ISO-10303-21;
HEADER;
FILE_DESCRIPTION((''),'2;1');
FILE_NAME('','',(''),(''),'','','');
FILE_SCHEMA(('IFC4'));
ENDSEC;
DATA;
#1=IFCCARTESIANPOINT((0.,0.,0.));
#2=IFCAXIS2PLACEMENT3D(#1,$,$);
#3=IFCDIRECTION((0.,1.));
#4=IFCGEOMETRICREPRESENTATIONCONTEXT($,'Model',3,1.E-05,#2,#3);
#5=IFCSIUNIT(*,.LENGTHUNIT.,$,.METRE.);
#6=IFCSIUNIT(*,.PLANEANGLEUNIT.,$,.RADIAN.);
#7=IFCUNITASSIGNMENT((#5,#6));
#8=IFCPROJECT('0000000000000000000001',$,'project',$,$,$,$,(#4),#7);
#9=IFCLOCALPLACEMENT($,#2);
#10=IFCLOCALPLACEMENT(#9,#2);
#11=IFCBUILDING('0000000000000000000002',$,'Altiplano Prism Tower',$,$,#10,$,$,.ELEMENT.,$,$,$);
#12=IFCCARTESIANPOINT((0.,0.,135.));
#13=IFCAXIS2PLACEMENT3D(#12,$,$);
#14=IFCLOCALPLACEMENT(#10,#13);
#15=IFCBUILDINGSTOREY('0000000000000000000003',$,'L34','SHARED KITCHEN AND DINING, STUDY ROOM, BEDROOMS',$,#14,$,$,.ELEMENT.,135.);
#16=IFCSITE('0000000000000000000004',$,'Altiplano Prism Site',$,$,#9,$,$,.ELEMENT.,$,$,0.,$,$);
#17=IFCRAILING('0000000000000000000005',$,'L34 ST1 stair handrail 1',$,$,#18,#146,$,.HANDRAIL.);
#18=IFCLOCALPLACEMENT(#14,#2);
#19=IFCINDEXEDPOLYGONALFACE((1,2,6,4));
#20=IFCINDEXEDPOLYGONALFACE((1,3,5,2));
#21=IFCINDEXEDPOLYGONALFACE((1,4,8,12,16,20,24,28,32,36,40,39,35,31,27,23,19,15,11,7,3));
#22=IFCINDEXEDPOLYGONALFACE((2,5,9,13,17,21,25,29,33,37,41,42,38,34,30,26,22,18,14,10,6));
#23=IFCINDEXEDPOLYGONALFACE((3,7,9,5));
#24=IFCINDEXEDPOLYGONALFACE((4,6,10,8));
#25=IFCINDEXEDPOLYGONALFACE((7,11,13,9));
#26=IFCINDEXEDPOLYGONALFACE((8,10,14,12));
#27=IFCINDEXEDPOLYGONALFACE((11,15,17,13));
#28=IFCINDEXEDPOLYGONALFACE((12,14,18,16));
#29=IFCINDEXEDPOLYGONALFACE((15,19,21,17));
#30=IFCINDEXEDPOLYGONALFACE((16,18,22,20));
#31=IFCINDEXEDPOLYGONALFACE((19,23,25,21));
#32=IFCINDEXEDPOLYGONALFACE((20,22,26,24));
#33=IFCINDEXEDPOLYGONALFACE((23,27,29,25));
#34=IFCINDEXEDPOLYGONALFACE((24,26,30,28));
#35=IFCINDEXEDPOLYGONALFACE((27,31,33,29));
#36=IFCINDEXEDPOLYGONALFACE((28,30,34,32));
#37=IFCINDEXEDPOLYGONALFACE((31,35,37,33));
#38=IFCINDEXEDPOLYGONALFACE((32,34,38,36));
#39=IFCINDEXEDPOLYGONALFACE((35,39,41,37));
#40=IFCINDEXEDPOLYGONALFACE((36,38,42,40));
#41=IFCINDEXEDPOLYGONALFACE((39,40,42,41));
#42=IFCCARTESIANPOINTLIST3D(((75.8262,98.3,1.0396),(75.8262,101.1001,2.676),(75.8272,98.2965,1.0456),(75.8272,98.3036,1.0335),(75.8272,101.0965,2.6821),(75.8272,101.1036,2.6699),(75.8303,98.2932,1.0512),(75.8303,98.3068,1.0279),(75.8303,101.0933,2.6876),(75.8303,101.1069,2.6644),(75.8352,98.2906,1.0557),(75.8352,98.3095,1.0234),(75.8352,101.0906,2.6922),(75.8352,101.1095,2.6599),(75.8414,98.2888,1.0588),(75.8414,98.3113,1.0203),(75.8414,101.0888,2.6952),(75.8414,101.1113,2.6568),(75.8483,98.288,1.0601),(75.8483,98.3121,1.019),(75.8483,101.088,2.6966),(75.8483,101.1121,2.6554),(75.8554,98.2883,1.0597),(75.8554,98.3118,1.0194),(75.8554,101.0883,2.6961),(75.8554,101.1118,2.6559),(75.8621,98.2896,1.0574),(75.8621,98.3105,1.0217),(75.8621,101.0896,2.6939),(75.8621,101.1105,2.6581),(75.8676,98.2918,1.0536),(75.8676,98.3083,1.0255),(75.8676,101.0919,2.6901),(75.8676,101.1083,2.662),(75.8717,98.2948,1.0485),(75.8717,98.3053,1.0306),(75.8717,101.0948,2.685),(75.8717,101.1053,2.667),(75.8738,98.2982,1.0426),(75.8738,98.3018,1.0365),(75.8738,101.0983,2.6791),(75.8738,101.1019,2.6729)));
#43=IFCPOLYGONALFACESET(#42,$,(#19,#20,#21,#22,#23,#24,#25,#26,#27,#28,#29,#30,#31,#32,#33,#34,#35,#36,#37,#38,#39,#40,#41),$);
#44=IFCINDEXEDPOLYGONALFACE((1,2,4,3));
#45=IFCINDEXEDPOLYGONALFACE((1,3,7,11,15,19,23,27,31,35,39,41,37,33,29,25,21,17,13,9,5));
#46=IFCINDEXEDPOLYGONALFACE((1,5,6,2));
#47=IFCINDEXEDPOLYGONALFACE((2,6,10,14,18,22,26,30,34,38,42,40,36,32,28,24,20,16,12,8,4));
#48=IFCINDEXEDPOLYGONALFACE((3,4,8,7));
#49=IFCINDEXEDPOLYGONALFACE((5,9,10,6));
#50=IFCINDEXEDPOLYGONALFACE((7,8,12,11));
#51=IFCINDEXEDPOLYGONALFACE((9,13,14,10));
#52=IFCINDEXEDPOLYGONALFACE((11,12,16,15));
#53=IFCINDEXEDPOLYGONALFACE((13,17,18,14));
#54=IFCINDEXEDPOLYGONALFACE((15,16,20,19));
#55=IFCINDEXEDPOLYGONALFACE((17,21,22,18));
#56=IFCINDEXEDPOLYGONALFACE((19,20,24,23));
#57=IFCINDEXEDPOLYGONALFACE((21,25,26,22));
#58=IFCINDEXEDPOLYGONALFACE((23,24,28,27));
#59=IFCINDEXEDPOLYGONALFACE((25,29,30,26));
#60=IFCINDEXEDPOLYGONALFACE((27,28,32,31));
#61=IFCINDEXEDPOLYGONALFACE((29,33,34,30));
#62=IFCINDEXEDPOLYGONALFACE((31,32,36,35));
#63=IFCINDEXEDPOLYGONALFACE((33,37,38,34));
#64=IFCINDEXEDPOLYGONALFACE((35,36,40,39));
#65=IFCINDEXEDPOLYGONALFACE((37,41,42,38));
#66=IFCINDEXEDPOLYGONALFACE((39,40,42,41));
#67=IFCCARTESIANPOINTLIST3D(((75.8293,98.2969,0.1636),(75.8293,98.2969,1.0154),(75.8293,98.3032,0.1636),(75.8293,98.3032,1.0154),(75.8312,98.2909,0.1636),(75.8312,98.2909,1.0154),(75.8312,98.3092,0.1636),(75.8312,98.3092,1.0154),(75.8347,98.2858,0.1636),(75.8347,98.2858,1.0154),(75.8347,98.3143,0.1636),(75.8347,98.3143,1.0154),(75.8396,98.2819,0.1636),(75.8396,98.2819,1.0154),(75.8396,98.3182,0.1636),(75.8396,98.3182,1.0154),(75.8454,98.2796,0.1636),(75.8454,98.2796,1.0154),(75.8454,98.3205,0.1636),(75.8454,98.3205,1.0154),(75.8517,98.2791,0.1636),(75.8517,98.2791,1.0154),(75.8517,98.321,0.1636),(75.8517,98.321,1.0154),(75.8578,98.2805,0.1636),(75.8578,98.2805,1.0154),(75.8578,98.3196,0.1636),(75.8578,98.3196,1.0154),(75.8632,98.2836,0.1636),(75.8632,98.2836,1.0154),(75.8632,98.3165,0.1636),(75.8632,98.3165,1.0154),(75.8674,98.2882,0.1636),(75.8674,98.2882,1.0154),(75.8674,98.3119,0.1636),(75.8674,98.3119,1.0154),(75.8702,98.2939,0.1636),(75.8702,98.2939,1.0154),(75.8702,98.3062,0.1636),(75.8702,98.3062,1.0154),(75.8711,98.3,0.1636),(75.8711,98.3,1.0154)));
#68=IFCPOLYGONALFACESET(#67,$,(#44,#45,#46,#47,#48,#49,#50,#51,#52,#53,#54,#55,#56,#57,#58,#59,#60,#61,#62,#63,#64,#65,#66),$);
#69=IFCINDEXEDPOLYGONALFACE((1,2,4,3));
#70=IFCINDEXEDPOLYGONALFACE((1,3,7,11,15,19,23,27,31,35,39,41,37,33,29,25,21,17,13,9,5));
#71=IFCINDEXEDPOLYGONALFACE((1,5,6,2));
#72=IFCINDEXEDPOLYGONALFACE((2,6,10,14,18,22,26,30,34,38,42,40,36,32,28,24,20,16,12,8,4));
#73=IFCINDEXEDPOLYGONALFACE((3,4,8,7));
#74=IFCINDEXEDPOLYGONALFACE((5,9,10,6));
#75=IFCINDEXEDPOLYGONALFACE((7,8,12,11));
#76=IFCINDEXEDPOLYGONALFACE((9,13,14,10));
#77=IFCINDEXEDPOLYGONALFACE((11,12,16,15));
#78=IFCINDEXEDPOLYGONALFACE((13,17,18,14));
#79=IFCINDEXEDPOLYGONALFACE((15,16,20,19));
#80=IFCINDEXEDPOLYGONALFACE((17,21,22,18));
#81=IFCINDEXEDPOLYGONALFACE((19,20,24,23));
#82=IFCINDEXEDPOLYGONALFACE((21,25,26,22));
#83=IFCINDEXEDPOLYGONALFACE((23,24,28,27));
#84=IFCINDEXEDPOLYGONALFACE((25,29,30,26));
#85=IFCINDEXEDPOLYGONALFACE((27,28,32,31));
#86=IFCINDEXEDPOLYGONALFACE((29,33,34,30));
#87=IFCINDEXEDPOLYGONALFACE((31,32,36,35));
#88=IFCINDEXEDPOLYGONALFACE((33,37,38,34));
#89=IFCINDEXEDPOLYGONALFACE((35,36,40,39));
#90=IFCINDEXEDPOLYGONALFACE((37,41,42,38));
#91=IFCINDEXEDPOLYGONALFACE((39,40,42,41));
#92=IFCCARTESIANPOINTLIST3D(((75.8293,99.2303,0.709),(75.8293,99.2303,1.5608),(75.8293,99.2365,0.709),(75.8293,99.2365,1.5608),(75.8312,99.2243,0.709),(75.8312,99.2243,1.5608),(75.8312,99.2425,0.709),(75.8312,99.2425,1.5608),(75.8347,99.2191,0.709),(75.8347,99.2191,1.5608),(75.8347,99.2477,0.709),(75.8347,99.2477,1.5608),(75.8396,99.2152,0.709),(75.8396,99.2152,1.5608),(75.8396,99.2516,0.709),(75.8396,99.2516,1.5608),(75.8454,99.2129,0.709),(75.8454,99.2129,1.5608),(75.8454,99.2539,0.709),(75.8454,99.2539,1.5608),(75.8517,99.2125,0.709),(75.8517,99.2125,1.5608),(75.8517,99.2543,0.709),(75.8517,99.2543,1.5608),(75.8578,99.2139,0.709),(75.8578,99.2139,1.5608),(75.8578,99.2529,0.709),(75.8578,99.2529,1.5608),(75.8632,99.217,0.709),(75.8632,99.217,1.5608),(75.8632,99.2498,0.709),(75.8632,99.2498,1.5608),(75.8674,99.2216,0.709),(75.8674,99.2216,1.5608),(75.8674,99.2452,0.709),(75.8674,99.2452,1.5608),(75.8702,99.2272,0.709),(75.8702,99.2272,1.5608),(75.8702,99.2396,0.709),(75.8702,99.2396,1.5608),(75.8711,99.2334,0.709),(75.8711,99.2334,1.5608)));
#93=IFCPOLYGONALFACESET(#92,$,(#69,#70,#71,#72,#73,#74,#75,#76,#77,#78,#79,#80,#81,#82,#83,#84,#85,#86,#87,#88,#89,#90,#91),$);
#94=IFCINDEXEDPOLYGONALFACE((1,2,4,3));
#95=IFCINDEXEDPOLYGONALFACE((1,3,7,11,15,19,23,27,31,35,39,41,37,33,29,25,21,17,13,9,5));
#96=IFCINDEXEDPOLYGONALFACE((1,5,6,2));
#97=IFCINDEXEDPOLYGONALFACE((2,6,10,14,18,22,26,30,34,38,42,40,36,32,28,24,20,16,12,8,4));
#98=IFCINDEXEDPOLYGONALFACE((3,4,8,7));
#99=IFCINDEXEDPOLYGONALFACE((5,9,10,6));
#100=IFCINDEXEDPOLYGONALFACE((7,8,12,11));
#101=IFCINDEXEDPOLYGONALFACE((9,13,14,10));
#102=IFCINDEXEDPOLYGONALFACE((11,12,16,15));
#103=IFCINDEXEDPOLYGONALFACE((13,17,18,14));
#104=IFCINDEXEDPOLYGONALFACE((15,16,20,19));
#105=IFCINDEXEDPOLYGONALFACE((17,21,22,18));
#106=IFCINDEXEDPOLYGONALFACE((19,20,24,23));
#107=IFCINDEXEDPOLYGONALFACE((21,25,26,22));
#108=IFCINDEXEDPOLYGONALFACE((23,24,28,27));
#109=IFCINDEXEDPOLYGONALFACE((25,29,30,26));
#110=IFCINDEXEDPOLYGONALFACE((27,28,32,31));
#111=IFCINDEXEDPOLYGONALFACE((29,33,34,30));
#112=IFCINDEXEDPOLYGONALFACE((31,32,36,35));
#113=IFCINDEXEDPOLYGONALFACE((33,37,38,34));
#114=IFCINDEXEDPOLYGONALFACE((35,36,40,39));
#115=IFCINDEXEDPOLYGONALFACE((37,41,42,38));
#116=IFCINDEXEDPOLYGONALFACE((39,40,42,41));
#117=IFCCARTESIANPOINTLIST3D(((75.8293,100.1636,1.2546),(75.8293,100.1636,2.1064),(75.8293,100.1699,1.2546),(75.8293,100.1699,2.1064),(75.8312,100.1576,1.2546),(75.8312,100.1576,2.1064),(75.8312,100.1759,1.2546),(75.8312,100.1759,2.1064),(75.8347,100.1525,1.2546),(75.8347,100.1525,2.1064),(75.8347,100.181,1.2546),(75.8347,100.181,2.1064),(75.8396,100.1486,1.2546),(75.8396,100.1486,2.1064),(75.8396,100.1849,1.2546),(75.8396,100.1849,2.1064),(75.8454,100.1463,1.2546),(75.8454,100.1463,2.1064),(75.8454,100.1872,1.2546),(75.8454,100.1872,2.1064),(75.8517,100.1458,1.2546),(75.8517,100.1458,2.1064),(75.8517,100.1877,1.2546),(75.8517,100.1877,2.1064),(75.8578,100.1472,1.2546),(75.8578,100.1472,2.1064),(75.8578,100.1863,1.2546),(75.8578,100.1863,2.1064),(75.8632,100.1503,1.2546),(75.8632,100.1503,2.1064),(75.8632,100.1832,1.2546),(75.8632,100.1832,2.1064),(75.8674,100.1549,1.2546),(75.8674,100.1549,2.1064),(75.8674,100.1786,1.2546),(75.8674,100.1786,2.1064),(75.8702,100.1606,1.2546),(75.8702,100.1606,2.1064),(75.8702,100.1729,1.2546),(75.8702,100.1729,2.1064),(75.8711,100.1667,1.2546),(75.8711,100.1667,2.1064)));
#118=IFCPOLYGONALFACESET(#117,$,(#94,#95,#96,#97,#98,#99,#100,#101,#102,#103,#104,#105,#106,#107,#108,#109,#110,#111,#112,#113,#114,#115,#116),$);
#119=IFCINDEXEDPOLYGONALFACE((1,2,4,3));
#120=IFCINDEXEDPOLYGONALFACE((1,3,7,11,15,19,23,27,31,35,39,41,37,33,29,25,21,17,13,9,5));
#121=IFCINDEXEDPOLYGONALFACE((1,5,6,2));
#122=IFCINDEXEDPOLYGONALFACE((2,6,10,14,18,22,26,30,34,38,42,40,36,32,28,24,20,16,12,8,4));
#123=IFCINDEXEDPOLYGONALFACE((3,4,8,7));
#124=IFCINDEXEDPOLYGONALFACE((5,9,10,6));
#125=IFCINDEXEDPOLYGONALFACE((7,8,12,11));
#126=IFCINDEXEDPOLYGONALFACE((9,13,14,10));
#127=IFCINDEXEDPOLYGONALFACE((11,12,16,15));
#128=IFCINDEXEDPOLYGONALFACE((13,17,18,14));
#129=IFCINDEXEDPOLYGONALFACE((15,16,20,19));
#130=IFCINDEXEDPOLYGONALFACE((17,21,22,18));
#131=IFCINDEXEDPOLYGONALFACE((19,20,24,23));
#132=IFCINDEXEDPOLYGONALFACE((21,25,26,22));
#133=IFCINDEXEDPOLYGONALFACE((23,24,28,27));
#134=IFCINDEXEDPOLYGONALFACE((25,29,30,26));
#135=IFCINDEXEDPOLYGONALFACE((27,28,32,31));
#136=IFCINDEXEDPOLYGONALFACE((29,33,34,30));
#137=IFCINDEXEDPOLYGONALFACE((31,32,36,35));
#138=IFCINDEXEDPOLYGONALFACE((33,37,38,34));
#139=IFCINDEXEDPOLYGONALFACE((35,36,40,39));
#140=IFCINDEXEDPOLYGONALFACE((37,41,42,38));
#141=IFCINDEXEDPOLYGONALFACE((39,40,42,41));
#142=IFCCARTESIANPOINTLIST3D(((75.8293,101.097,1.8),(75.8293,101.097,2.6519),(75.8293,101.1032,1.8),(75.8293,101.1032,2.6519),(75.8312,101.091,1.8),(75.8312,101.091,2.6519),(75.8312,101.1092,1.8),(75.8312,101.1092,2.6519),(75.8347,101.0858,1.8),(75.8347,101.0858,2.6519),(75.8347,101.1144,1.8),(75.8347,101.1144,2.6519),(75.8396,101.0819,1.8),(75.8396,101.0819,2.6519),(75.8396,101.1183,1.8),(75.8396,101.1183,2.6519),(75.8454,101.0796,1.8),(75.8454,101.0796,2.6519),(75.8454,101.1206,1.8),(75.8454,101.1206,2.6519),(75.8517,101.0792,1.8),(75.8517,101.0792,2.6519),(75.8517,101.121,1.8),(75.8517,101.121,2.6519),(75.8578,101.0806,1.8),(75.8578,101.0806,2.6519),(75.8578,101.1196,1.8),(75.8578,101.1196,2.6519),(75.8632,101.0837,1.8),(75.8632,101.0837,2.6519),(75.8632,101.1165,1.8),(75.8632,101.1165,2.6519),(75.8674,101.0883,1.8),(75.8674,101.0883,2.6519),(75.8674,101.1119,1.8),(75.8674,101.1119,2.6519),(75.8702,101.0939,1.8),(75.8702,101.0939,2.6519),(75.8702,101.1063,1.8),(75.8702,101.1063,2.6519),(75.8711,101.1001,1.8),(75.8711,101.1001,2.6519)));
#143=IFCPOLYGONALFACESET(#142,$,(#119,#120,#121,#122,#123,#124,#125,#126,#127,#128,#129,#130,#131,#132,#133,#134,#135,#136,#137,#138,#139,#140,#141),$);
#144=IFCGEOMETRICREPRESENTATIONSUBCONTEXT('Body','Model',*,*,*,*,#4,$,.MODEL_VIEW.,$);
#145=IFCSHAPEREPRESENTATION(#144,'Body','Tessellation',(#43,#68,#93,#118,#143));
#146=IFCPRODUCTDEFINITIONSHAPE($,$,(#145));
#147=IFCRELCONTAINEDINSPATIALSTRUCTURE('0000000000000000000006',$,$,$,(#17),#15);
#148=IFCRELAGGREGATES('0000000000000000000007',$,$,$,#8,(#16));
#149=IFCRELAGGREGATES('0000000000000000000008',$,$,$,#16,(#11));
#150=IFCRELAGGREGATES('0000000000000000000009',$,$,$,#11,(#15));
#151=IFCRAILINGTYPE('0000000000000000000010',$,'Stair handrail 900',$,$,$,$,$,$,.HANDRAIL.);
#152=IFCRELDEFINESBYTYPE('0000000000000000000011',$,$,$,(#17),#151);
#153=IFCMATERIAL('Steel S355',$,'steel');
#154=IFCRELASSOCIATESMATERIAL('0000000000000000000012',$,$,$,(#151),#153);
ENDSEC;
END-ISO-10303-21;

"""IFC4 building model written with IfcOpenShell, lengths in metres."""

from ifc_helpers import new_model, si_unit, direction, frame, origin, origin_2d, place, context, subcontext, project, spatial, circle, extrude, material, type_object, element, save


model = new_model("IFC4")

# Units and contexts
model_context = context("Model", 3, precision=1e-05, world=origin(), true_north=direction((0.0, 1.0)))
body_context = subcontext(model_context, "Body", "Model", "MODEL_VIEW")
ifc_project = project(units=[si_unit("LENGTHUNIT", "METRE"), si_unit("PLANEANGLEUNIT", "RADIAN")], contexts=[model_context])

# Site, building, storey
site_placement = place(None, origin())
site = spatial("IfcSite", under=ifc_project, at=site_placement, Name="Altiplano Prism Site", CompositionType="ELEMENT", RefElevation=0.0)
building_placement = place(site_placement, origin())
building = spatial("IfcBuilding", under=site, at=building_placement, Name="Altiplano Prism Tower", CompositionType="ELEMENT")
storey_placement = place(building_placement, frame((0.0, 0.0, 135.0)))
storey = spatial("IfcBuildingStorey", under=building, at=storey_placement, Name="L34", Description="SHARED KITCHEN AND DINING, STUDY ROOM, BEDROOMS", CompositionType="ELEMENT", Elevation=135.0)

# Railing
ifc_material_1 = material(Name="Steel S355", Category="steel")
railing_type_1 = type_object("IfcRailingType", Name="Stair handrail 900", PredefinedType="HANDRAIL", material=ifc_material_1)
railing_1_placement = place(storey_placement, frame((75.8501, 98.3, 0.1636)))
element("IfcRailing", 1, at=railing_1_placement, inside=storey, type_object=railing_type_1, Name="L34 ST1 stair handrail 1", PredefinedType="HANDRAIL", context=body_context, shape_type="SweptSolid", body=[
    extrude(circle(Radius=0.0239, at=origin_2d()), frame((0.0, 0.0, 0.876), z_axis=(0.0, 0.863361, 0.504587), x_axis=(-1.0, 0.0, 0.0)), (0.0, 0.0, 1.0), 3.2432),
    extrude(circle(Radius=0.021, at=origin_2d()), origin(), (0.0, 0.0, 1.0), 0.8518),
    extrude(circle(Radius=0.021, at=origin_2d()), frame((0.0, 0.9333, 0.5454)), (0.0, 0.0, 1.0), 0.8518),
    extrude(circle(Radius=0.021, at=origin_2d()), frame((0.0, 1.8667, 1.0911)), (0.0, 0.0, 1.0), 0.8518),
    extrude(circle(Radius=0.021, at=origin_2d()), frame((0.0, 2.8, 1.6365)), (0.0, 0.0, 1.0), 0.8518),
])

save(model, "model.ifc")
